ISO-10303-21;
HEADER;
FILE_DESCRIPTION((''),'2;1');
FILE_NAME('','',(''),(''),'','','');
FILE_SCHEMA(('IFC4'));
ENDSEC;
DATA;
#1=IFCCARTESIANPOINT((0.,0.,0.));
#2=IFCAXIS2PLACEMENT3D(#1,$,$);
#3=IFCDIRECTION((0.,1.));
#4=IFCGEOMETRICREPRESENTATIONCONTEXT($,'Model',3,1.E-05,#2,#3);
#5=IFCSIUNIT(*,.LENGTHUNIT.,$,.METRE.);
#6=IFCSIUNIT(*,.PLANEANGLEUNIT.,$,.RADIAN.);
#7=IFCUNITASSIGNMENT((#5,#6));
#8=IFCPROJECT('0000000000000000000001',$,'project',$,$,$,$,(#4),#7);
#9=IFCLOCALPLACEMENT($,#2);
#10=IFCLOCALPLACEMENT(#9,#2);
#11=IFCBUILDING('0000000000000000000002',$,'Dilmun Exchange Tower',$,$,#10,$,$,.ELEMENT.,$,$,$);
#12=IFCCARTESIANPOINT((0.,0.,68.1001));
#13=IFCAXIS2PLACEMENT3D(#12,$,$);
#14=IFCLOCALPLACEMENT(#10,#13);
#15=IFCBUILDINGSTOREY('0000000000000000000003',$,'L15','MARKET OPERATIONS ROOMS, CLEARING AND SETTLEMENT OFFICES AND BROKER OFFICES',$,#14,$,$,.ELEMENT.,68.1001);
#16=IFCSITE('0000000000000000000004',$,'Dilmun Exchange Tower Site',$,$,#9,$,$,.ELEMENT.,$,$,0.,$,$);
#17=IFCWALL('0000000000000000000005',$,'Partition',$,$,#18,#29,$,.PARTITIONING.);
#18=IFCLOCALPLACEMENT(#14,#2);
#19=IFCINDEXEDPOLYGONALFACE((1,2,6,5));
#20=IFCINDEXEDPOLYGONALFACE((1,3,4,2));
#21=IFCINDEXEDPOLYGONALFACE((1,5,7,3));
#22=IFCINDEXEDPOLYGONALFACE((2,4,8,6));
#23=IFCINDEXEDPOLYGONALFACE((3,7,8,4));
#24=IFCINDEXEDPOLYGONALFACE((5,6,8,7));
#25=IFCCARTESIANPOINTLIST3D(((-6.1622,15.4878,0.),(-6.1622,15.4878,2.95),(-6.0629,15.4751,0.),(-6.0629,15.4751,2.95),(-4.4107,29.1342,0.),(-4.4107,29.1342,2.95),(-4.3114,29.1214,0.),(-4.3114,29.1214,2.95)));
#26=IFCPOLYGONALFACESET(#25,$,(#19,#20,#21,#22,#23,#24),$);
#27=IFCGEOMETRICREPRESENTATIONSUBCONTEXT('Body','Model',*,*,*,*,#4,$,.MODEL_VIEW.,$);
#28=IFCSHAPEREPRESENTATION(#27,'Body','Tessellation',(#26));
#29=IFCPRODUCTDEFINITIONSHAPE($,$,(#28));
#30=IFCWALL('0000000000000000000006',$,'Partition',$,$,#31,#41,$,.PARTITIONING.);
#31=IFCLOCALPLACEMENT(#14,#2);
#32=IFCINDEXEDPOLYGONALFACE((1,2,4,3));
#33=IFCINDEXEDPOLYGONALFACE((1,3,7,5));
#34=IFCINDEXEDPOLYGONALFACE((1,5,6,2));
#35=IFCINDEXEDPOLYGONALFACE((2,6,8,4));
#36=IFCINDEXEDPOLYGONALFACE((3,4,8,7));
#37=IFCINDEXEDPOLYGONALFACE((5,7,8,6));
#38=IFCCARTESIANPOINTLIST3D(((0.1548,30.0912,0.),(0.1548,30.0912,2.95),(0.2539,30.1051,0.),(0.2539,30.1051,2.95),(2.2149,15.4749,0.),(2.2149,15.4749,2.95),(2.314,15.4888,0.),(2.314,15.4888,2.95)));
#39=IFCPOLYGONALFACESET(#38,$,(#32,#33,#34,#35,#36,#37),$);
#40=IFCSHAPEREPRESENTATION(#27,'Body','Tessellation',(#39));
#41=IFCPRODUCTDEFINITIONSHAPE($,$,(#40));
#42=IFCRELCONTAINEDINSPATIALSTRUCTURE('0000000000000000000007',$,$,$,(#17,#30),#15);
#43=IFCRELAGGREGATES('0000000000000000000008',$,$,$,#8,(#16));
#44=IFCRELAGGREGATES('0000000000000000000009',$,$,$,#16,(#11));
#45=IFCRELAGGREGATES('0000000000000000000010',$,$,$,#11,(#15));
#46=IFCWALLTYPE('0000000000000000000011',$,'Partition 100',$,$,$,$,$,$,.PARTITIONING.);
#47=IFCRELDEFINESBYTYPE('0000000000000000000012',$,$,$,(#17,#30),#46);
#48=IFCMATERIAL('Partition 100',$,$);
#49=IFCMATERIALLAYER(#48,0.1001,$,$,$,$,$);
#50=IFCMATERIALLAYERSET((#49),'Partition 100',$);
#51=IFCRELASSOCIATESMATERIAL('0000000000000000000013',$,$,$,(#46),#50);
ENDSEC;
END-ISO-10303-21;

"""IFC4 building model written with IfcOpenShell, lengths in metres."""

from ifc_helpers import new_model, si_unit, direction, frame, frame_2d, origin, place, context, subcontext, project, spatial, rectangle, extrude, material, layer, layer_set, type_object, element, save


model = new_model("IFC4")

# Units and contexts
model_context = context("Model", 3, precision=1e-05, world=origin(), true_north=direction((0.0, 1.0)))
body_context = subcontext(model_context, "Body", "Model", "MODEL_VIEW")
ifc_project = project(units=[si_unit("LENGTHUNIT", "METRE"), si_unit("PLANEANGLEUNIT", "RADIAN")], contexts=[model_context])

# Site, building, storey
site_placement = place(None, origin())
site = spatial("IfcSite", under=ifc_project, at=site_placement, Name="Dilmun Exchange Tower Site", CompositionType="ELEMENT", RefElevation=0.0)
building_placement = place(site_placement, origin())
building = spatial("IfcBuilding", under=site, at=building_placement, Name="Dilmun Exchange Tower", CompositionType="ELEMENT")
storey_placement = place(building_placement, frame((0.0, 0.0, 68.1001)))
storey = spatial("IfcBuildingStorey", under=building, at=storey_placement, Name="L15", Description="MARKET OPERATIONS ROOMS, CLEARING AND SETTLEMENT OFFICES AND BROKER OFFICES", CompositionType="ELEMENT", Elevation=68.1001)

# Walls
ifc_material_1 = material(Name="Partition 100")
ifc_layer_1 = layer(ifc_material_1, 0.1001)
ifc_layer_set_1 = layer_set([ifc_layer_1], Name="Partition 100")
wall_type_1 = type_object("IfcWallType", Name="Partition 100", PredefinedType="PARTITIONING", material=ifc_layer_set_1)
wall_1_placement = place(storey_placement, frame((-6.1125, 15.4814, 0.0), z_axis=(0.0, 0.0, 1.0), x_axis=(0.127304, 0.991864, 0.0)))
element("IfcWall", 1, at=wall_1_placement, inside=storey, type_object=wall_type_1, Name="Partition", PredefinedType="PARTITIONING", context=body_context, shape_type="SweptSolid", body=[
    extrude(rectangle(XDim=13.7583, YDim=0.1001, at=frame_2d((6.8792, 0.0))), origin(), (0.0, 0.0, 1.0), 2.95),
])
wall_2_placement = place(storey_placement, frame((0.2043, 30.0981, 0.0), z_axis=(0.0, 0.0, 1.0), x_axis=(0.139564, -0.990213, 0.0)))
element("IfcWall", 2, at=wall_2_placement, inside=storey, type_object=wall_type_1, Name="Partition", PredefinedType="PARTITIONING", context=body_context, shape_type="SweptSolid", body=[
    extrude(rectangle(XDim=14.7607, YDim=0.1001, at=frame_2d((7.3804, 0.0))), origin(), (0.0, 0.0, 1.0), 2.95),
])

save(model, "model.ifc")
